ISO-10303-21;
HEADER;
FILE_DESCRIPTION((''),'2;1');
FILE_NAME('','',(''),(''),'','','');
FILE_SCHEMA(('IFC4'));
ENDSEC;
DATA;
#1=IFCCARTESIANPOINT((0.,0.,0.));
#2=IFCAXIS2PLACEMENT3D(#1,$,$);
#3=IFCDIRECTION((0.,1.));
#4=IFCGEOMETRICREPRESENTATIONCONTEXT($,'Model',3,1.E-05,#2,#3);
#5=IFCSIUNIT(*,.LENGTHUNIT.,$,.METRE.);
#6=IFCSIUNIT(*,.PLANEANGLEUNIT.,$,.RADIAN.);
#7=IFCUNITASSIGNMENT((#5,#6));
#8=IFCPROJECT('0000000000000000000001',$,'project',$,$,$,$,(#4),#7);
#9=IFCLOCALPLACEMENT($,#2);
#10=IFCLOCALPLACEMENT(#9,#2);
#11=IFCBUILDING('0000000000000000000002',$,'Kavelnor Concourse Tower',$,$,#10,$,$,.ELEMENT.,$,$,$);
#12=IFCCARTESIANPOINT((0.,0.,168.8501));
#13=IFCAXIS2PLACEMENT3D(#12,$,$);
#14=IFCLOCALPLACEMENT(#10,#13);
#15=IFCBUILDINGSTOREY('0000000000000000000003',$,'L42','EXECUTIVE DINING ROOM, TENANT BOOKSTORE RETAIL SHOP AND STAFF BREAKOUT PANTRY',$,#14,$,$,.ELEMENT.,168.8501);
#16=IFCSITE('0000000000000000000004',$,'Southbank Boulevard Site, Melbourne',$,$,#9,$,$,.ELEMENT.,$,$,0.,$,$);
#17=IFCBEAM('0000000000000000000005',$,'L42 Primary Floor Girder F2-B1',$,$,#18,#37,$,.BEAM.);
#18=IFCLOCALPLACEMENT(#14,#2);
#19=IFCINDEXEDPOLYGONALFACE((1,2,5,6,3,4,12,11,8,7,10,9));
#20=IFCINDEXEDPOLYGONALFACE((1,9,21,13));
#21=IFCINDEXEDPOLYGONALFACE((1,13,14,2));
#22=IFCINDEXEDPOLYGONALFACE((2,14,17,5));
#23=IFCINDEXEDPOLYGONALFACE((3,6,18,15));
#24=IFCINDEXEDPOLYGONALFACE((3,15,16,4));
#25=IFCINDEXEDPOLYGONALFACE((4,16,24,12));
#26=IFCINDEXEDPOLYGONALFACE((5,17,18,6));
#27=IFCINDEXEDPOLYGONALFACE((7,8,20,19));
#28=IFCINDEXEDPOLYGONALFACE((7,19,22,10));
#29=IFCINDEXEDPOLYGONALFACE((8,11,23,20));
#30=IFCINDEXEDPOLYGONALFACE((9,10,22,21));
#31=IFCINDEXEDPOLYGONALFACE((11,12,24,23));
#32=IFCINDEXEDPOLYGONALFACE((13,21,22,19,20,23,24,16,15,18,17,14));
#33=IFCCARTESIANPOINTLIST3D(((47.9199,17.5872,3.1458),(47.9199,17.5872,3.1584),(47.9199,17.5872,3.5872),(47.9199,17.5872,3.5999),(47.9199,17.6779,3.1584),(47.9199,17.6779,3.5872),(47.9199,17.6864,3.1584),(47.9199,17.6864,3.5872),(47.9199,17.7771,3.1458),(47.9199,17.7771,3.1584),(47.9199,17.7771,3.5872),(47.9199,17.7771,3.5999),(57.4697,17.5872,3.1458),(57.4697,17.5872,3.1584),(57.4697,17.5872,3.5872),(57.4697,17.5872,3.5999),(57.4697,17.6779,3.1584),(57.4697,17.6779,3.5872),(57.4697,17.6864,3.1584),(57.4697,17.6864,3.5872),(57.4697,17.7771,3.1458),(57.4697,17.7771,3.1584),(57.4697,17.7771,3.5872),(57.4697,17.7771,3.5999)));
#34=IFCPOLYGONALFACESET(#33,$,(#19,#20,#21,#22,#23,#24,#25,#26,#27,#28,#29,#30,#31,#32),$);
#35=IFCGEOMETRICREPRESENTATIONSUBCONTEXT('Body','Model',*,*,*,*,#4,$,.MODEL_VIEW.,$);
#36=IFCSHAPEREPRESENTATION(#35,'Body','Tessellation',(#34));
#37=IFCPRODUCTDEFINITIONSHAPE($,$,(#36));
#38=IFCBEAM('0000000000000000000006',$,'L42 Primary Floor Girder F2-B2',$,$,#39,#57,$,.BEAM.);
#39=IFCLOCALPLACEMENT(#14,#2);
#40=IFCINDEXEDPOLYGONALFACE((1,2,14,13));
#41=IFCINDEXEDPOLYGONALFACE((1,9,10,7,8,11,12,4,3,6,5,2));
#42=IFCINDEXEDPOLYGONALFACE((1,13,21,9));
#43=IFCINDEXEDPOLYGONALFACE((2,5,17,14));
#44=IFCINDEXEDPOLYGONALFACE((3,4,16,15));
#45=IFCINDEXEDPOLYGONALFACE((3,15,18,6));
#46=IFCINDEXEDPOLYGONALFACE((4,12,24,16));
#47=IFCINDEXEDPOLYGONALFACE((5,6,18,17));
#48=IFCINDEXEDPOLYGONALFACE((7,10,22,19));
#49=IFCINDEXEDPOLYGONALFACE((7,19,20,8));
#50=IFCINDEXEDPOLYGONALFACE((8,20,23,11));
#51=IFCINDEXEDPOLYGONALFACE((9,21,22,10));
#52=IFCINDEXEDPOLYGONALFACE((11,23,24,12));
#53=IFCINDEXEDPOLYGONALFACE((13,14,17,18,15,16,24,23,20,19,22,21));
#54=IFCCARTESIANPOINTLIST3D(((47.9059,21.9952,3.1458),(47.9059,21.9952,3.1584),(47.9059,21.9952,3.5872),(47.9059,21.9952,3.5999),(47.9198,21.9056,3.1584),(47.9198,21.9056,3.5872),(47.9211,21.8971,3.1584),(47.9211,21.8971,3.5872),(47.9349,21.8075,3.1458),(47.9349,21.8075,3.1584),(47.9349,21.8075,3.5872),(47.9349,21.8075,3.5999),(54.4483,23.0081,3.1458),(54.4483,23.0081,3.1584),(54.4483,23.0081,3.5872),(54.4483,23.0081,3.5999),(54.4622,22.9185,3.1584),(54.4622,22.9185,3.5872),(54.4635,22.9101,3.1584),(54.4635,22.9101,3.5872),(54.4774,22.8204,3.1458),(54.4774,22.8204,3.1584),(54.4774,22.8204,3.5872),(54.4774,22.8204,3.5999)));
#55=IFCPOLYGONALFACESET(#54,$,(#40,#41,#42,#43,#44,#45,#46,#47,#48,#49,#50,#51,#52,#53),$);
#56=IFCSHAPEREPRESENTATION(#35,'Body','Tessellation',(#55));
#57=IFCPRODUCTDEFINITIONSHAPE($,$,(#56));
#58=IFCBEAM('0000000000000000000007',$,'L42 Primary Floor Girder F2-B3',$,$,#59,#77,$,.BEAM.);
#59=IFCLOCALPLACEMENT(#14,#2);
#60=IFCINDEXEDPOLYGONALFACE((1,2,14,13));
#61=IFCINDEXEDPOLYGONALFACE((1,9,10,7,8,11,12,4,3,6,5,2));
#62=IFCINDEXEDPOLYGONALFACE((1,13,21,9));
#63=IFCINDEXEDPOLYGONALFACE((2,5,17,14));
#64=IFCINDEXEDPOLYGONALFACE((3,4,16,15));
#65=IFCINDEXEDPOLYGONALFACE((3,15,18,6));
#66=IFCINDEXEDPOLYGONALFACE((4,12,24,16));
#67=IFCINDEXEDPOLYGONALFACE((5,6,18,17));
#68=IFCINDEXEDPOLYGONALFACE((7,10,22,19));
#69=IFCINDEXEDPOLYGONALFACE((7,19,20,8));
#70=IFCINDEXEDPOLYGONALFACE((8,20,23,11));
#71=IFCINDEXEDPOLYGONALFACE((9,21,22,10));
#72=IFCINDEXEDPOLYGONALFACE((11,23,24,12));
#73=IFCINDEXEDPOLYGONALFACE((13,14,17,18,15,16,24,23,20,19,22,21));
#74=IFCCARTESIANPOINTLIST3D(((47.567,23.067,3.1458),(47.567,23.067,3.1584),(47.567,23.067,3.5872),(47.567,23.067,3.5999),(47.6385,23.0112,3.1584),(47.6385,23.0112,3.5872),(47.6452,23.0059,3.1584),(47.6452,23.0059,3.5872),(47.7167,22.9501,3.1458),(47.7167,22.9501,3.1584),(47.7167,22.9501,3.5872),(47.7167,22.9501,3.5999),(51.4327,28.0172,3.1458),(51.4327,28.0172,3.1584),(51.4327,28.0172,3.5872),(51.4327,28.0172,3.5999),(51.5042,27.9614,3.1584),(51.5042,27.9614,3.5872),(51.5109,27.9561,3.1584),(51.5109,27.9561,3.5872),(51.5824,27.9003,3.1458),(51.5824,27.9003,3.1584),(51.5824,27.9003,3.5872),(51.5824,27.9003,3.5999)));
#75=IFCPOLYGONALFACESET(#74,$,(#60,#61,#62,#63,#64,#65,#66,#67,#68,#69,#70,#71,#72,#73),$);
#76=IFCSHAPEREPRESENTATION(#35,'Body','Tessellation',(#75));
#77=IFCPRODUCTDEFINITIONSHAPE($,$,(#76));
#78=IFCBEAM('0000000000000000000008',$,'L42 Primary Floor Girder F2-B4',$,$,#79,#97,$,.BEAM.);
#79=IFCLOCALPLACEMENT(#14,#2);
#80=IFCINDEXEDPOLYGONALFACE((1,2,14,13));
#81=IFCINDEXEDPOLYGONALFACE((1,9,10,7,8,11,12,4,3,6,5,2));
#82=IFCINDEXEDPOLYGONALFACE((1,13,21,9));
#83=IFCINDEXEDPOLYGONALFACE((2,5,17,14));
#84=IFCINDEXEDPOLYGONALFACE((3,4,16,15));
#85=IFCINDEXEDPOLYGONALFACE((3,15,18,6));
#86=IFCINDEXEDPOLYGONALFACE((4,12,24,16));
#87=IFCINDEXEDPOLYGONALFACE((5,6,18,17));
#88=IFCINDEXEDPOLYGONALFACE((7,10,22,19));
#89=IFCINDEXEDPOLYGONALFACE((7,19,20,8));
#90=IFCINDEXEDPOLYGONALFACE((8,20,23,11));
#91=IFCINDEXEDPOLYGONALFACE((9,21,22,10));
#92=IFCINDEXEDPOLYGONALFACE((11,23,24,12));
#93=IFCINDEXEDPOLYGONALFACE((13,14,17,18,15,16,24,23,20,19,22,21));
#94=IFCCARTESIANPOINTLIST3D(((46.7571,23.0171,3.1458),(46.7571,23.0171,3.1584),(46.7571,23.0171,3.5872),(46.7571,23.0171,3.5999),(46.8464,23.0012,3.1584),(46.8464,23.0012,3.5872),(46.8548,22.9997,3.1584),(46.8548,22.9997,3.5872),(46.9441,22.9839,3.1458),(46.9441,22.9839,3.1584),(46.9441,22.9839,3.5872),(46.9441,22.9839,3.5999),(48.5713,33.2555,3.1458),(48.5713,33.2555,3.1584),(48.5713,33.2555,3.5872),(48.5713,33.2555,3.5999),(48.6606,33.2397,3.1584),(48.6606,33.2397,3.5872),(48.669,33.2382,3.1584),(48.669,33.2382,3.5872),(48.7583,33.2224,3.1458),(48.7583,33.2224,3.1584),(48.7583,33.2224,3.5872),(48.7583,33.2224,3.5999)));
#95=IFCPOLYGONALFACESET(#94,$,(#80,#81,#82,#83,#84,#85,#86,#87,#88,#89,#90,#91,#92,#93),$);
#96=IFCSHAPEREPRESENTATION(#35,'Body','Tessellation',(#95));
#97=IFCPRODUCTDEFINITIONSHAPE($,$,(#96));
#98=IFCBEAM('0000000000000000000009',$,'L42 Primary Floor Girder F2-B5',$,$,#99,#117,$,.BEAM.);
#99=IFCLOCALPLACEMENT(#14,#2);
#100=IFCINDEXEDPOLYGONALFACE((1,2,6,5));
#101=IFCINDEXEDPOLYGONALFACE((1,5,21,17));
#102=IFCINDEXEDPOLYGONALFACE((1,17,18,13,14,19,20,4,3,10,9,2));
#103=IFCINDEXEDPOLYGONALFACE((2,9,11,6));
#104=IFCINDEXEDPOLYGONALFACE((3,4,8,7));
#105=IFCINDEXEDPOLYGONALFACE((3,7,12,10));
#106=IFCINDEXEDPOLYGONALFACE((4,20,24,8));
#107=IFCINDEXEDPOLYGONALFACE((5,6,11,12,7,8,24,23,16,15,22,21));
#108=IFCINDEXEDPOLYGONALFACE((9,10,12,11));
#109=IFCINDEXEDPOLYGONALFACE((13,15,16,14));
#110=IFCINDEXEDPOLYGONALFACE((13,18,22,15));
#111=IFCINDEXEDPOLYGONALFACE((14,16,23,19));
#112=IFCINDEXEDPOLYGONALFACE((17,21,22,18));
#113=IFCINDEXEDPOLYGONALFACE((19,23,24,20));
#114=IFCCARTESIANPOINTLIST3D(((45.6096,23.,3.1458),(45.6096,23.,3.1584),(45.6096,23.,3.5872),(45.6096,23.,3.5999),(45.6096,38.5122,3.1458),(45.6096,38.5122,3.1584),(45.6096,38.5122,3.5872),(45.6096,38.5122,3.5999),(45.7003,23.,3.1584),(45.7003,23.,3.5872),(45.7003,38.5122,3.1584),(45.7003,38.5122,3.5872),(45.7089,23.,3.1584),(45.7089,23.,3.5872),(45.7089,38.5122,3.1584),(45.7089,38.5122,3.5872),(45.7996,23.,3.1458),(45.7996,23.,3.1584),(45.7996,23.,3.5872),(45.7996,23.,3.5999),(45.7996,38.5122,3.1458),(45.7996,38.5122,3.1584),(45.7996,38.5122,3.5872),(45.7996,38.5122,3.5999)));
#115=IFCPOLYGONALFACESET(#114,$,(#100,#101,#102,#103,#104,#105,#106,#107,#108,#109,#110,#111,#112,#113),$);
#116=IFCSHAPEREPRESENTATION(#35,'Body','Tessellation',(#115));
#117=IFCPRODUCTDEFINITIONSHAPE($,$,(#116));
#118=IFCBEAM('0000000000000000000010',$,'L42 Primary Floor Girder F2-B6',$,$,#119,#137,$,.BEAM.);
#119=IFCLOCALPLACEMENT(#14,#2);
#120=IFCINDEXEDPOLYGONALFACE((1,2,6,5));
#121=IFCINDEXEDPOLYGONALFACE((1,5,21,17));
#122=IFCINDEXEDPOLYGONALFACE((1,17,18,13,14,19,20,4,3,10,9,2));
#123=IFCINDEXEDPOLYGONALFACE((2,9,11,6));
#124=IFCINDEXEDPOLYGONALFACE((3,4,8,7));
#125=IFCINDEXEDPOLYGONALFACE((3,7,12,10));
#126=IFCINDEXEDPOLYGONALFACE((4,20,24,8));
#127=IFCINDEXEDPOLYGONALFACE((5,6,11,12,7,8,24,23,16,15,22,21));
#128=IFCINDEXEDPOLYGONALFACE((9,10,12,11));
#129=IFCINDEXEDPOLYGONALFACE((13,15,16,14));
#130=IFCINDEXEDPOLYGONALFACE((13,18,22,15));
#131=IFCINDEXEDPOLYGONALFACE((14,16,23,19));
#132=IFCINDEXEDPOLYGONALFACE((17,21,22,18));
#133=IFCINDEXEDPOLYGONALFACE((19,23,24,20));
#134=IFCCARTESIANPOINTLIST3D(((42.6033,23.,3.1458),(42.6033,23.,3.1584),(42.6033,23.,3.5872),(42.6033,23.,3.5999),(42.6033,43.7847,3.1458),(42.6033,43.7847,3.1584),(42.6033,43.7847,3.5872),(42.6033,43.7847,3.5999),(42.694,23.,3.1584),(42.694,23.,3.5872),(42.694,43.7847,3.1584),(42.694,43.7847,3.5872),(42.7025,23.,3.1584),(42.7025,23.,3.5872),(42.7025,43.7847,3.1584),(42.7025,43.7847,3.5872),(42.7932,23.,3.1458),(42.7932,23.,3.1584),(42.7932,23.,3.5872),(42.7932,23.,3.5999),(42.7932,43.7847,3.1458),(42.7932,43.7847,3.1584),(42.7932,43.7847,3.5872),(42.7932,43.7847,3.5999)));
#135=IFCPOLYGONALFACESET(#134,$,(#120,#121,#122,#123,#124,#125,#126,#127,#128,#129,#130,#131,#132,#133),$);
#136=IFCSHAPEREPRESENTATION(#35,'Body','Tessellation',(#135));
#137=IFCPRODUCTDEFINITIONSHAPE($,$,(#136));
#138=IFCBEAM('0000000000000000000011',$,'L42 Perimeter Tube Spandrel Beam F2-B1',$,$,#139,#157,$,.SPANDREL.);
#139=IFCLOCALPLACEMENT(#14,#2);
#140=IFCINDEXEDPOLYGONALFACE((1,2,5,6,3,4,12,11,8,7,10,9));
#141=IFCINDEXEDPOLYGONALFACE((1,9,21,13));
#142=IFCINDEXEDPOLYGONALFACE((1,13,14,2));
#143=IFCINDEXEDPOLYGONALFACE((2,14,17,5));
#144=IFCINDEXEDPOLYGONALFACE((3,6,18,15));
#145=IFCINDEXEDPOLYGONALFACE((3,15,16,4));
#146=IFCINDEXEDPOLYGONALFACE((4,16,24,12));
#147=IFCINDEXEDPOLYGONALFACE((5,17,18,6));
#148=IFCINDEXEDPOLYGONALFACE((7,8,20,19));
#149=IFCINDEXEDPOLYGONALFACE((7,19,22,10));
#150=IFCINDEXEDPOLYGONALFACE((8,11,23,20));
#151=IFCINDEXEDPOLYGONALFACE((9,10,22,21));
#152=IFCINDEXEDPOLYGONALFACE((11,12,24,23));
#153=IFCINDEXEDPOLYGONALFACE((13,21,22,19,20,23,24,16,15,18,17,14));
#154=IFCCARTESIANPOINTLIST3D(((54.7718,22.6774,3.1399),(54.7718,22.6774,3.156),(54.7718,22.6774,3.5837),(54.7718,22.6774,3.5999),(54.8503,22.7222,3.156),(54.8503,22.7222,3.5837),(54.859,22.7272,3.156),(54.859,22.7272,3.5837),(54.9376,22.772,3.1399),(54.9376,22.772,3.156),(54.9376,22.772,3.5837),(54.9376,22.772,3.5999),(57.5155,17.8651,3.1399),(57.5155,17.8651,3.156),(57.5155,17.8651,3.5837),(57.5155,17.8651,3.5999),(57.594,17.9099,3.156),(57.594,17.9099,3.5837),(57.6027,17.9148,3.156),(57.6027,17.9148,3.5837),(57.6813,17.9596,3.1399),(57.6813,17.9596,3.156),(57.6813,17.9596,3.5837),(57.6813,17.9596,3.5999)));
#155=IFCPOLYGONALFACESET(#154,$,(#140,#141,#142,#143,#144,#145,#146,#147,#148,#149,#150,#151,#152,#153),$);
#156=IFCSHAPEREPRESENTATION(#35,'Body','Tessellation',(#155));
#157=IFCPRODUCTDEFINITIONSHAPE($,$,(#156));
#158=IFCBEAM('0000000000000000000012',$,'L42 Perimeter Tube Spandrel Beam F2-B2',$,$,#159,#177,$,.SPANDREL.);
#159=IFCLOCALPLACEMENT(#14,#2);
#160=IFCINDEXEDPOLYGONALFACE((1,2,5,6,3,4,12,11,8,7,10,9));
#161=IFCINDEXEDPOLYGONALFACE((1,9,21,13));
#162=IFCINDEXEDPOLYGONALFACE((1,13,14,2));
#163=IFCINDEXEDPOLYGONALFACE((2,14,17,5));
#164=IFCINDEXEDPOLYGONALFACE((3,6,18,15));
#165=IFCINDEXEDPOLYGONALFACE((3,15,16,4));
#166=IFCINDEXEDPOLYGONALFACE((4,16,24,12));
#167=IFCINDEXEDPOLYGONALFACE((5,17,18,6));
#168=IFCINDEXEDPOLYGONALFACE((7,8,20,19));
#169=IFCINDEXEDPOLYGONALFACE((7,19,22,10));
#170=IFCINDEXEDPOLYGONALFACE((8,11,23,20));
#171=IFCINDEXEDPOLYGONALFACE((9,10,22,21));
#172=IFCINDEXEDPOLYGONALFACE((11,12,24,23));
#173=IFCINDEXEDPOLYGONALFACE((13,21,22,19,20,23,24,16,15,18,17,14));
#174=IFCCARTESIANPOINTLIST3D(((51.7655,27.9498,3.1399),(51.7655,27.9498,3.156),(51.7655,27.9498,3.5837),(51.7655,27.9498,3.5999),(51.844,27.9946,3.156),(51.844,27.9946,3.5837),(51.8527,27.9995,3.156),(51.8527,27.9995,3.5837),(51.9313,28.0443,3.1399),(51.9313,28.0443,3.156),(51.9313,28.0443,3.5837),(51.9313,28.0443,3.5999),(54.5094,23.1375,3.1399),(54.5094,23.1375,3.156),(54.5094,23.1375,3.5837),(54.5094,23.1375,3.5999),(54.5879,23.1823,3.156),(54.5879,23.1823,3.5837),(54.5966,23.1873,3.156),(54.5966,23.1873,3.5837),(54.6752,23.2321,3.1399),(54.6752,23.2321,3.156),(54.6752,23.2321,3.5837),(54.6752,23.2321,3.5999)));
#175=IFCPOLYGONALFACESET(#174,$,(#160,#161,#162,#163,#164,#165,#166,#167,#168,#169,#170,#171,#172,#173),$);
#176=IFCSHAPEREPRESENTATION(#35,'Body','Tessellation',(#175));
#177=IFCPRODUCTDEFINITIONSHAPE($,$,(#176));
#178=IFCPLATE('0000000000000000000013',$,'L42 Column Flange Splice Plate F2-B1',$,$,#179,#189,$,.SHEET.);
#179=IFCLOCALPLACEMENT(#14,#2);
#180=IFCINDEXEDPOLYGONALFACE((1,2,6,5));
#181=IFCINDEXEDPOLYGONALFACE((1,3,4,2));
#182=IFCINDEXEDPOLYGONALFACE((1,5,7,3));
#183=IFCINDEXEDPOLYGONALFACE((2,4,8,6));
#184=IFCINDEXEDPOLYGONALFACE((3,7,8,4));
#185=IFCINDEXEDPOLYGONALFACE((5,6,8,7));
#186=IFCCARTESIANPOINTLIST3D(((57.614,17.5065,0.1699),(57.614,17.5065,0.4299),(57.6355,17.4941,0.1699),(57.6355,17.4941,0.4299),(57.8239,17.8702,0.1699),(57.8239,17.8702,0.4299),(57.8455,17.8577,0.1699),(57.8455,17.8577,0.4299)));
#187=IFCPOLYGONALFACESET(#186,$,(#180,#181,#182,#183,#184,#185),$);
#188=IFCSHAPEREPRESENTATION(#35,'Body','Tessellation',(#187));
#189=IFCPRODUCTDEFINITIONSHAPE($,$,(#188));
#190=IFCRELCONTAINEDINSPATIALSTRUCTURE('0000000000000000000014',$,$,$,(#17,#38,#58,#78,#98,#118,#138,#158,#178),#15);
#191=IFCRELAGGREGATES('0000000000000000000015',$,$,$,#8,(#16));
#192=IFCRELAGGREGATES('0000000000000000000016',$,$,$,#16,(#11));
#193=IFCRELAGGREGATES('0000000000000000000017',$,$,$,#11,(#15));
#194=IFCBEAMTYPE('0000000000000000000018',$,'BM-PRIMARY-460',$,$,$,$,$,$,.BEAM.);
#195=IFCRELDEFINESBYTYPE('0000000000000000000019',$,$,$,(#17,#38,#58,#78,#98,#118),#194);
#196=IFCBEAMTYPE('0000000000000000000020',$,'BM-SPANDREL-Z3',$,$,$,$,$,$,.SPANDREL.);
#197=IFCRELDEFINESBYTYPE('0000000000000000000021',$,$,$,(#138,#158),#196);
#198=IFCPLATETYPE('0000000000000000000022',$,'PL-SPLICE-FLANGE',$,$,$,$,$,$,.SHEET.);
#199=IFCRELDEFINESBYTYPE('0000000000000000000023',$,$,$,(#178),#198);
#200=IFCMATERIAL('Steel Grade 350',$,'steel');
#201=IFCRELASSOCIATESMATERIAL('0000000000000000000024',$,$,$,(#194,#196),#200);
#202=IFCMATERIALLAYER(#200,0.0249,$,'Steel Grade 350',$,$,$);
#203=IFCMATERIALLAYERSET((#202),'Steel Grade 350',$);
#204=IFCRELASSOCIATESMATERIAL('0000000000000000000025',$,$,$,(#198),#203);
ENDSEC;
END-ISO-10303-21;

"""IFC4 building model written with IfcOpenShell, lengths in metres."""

from ifc_helpers import new_model, si_unit, direction, frame, origin, origin_2d, place, context, subcontext, project, spatial, rectangle, i_section, extrude, material, layer, layer_set, material_profile, profile_set, type_object, element, save


model = new_model("IFC4")

# Units and contexts
model_context = context("Model", 3, precision=1e-05, world=origin(), true_north=direction((0.0, 1.0)))
body_context = subcontext(model_context, "Body", "Model", "MODEL_VIEW")
ifc_project = project(units=[si_unit("LENGTHUNIT", "METRE"), si_unit("PLANEANGLEUNIT", "RADIAN")], contexts=[model_context])

# Site, building, storey
site_placement = place(None, origin())
site = spatial("IfcSite", under=ifc_project, at=site_placement, Name="Southbank Boulevard Site, Melbourne", CompositionType="ELEMENT", RefElevation=0.0)
building_placement = place(site_placement, origin())
building = spatial("IfcBuilding", under=site, at=building_placement, Name="Kavelnor Concourse Tower", CompositionType="ELEMENT")
storey_placement = place(building_placement, frame((0.0, 0.0, 168.8501)))
storey = spatial("IfcBuildingStorey", under=building, at=storey_placement, Name="L42", Description="EXECUTIVE DINING ROOM, TENANT BOOKSTORE RETAIL SHOP AND STAFF BREAKOUT PANTRY", CompositionType="ELEMENT", Elevation=168.8501)

# Shared definitions
ifc_material_1 = material(Name="Steel Grade 350", Category="steel")

# Beams
ifc_material_profile_1 = material_profile(ifc_material_1, i_section(OverallWidth=0.1899, OverallDepth=0.4541, WebThickness=0.0085, FlangeThickness=0.0127, at=origin_2d()), Name="460UB67")
ifc_profile_set_1 = profile_set([ifc_material_profile_1], Name="Steel Grade 350")
beam_type_1 = type_object("IfcBeamType", Name="BM-PRIMARY-460", PredefinedType="BEAM", material=ifc_profile_set_1)
beam_1_placement = place(storey_placement, frame((47.9199, 17.6821, 3.3728), z_axis=(1.0, 0.0, 0.0), x_axis=(0.0, 1.0, 0.0)))
element("IfcBeam", 1, at=beam_1_placement, inside=storey, type_object=beam_type_1, Name="L42 Primary Floor Girder F2-B1", PredefinedType="BEAM", context=body_context, shape_type="SweptSolid", body=[
    extrude(i_section(OverallWidth=0.1899, OverallDepth=0.4541, WebThickness=0.0085, FlangeThickness=0.0127, at=origin_2d()), origin(), (0.0, 0.0, 1.0), 9.5498),
])
beam_2_placement = place(storey_placement, frame((47.9204, 21.9014, 3.3728), z_axis=(0.988226, 0.153002, 0.0), x_axis=(-0.153002, 0.988226, 0.0)))
element("IfcBeam", 2, at=beam_2_placement, inside=storey, type_object=beam_type_1, Name="L42 Primary Floor Girder F2-B2", PredefinedType="BEAM", context=body_context, shape_type="SweptSolid", body=[
    extrude(i_section(OverallWidth=0.1899, OverallDepth=0.4541, WebThickness=0.0085, FlangeThickness=0.0127, at=origin_2d()), origin(), (0.0, 0.0, 1.0), 6.6204),
])
beam_3_placement = place(storey_placement, frame((47.6418, 23.0085, 3.3728), z_axis=(0.615484, 0.788149, 0.0), x_axis=(-0.788149, 0.615484, 0.0)))
element("IfcBeam", 3, at=beam_3_placement, inside=storey, type_object=beam_type_1, Name="L42 Primary Floor Girder F2-B3", PredefinedType="BEAM", context=body_context, shape_type="SweptSolid", body=[
    extrude(i_section(OverallWidth=0.1899, OverallDepth=0.4541, WebThickness=0.0085, FlangeThickness=0.0127, at=origin_2d()), origin(), (0.0, 0.0, 1.0), 6.2808),
])
beam_4_placement = place(storey_placement, frame((46.8506, 23.0005, 3.3728), z_axis=(0.174476, 0.984661, 0.0), x_axis=(-0.984661, 0.174476, 0.0)))
element("IfcBeam", 4, at=beam_4_placement, inside=storey, type_object=beam_type_1, Name="L42 Primary Floor Girder F2-B4", PredefinedType="BEAM", context=body_context, shape_type="SweptSolid", body=[
    extrude(i_section(OverallWidth=0.1899, OverallDepth=0.4541, WebThickness=0.0085, FlangeThickness=0.0127, at=origin_2d()), origin(), (0.0, 0.0, 1.0), 10.3979),
])
beam_5_placement = place(storey_placement, frame((45.7046, 23.0, 3.3728), z_axis=(0.0, 1.0, 0.0), x_axis=(-1.0, 0.0, 0.0)))
element("IfcBeam", 5, at=beam_5_placement, inside=storey, type_object=beam_type_1, Name="L42 Primary Floor Girder F2-B5", PredefinedType="BEAM", context=body_context, shape_type="SweptSolid", body=[
    extrude(i_section(OverallWidth=0.1899, OverallDepth=0.4541, WebThickness=0.0085, FlangeThickness=0.0127, at=origin_2d()), origin(), (0.0, 0.0, 1.0), 15.5122),
])
beam_6_placement = place(storey_placement, frame((42.6982, 23.0, 3.3728), z_axis=(0.0, 1.0, 0.0), x_axis=(-1.0, 0.0, 0.0)))
element("IfcBeam", 6, at=beam_6_placement, inside=storey, type_object=beam_type_1, Name="L42 Primary Floor Girder F2-B6", PredefinedType="BEAM", context=body_context, shape_type="SweptSolid", body=[
    extrude(i_section(OverallWidth=0.1899, OverallDepth=0.4541, WebThickness=0.0085, FlangeThickness=0.0127, at=origin_2d()), origin(), (0.0, 0.0, 1.0), 20.7847),
])
ifc_material_profile_2 = material_profile(ifc_material_1, i_section(OverallWidth=0.1909, OverallDepth=0.46, WebThickness=0.01, FlangeThickness=0.0161, at=origin_2d()), Name="460UB82")
ifc_profile_set_2 = profile_set([ifc_material_profile_2], Name="Steel Grade 350")
beam_type_2 = type_object("IfcBeamType", Name="BM-SPANDREL-Z3", PredefinedType="SPANDREL", material=ifc_profile_set_2)
for number, where, z_axis, x_axis, name in (
    (7, (57.5984, 17.9124, 3.3699), (-0.495294, 0.868726, 0.0), (-0.868726, -0.495294, 0.0), "L42 Perimeter Tube Spandrel Beam F2-B1"),
    (8, (54.5923, 23.1848, 3.3699), (-0.495327, 0.868707, 0.0), (-0.868707, -0.495327, 0.0), "L42 Perimeter Tube Spandrel Beam F2-B2"),
):
    element("IfcBeam", number, at=place(storey_placement, frame(where, z_axis=z_axis, x_axis=x_axis)), inside=storey, type_object=beam_type_2, Name=name, PredefinedType="SPANDREL", context=body_context, shape_type="SweptSolid", body=[
        extrude(i_section(OverallWidth=0.1909, OverallDepth=0.46, WebThickness=0.01, FlangeThickness=0.0161, at=origin_2d()), origin(), (0.0, 0.0, 1.0), 5.5396),
    ])

# Plate
ifc_layer_1 = layer(ifc_material_1, 0.0249, Name="Steel Grade 350")
ifc_layer_set_1 = layer_set([ifc_layer_1], Name="Steel Grade 350")
plate_type = type_object("IfcPlateType", Name="PL-SPLICE-FLANGE", PredefinedType="SHEET", material=ifc_layer_set_1)
plate_placement = place(storey_placement, frame((57.7297, 17.6821, 0.1699), z_axis=(0.0, 0.0, 1.0), x_axis=(-0.5, -0.866025, 0.0)))
element("IfcPlate", 9, at=plate_placement, inside=storey, type_object=plate_type, Name="L42 Column Flange Splice Plate F2-B1", PredefinedType="SHEET", context=body_context, shape_type="SweptSolid", body=[
    extrude(rectangle(XDim=0.4199, YDim=0.0249, at=origin_2d()), origin(), (0.0, 0.0, 1.0), 0.26),
])

save(model, "model.ifc")
